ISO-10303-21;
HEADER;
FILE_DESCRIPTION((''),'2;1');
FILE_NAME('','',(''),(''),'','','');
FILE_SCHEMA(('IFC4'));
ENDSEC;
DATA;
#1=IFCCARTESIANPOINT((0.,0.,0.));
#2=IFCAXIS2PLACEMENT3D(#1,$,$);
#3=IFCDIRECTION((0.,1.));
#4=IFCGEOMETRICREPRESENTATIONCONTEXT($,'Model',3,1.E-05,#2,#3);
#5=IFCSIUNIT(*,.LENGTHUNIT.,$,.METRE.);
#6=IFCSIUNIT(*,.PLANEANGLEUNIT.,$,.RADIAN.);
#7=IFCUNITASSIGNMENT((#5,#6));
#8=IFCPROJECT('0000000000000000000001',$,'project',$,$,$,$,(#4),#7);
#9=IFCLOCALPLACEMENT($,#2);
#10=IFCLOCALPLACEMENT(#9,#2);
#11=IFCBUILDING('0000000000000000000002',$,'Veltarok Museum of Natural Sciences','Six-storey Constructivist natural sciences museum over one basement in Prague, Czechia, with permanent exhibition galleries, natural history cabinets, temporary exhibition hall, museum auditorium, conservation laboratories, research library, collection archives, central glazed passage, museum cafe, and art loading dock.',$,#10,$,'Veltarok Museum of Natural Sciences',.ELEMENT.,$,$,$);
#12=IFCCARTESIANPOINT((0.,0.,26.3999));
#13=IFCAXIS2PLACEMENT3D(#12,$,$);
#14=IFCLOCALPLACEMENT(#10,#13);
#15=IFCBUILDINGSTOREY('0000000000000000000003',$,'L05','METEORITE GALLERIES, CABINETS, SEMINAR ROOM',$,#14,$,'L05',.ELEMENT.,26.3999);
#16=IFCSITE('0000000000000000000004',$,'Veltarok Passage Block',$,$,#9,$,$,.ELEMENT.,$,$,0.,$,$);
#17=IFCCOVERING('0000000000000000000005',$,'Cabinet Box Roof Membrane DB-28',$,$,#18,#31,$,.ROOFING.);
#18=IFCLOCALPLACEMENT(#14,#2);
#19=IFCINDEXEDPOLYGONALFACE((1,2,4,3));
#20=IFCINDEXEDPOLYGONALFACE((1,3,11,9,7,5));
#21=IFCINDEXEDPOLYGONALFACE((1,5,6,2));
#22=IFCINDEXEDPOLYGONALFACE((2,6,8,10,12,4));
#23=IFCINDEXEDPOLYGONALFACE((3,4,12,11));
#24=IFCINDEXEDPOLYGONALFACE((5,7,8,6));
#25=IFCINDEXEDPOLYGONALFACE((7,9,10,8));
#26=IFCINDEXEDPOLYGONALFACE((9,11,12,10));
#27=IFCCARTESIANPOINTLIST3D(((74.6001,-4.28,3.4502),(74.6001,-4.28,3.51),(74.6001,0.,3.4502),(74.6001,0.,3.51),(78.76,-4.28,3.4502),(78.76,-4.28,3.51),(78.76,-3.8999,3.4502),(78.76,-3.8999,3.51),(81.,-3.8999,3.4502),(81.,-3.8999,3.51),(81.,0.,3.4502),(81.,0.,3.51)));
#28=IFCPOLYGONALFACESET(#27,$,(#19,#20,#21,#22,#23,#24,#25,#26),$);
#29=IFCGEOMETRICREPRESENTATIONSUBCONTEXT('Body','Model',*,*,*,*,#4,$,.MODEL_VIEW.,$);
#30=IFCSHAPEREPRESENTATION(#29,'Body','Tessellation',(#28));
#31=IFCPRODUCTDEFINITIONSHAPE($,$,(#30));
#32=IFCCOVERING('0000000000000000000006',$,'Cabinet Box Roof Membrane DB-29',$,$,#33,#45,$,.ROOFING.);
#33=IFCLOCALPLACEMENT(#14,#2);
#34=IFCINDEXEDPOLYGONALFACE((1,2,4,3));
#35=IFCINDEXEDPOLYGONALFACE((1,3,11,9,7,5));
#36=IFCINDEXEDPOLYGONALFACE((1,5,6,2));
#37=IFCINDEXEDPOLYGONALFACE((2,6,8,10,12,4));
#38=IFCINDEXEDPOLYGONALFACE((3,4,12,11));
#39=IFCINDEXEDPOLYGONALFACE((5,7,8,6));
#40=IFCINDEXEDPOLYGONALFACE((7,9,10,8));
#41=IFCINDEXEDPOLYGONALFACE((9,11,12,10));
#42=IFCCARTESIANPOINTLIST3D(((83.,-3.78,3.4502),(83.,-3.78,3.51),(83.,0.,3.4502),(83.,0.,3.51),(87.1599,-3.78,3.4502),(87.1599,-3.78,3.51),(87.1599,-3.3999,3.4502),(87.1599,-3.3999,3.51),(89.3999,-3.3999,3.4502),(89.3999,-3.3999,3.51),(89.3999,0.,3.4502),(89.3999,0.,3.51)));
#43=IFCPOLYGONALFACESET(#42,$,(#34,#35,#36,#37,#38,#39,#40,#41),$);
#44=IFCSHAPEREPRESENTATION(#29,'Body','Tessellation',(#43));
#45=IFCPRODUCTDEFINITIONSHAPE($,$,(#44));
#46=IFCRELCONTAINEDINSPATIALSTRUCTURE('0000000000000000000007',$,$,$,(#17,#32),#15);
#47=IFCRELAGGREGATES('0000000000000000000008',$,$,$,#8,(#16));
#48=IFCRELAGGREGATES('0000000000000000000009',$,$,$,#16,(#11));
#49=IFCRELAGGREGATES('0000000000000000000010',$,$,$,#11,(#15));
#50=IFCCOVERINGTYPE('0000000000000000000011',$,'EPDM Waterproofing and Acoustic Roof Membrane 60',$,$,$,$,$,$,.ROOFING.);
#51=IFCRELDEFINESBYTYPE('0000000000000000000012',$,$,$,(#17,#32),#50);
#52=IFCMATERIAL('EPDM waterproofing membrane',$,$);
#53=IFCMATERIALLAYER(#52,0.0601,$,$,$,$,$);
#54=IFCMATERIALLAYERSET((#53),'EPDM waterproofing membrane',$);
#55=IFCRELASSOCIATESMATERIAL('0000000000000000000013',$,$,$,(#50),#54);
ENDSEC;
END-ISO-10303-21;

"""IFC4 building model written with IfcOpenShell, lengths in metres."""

from ifc_helpers import new_model, si_unit, direction, frame, origin, place, context, subcontext, project, spatial, polyline, outline, extrude, material, layer, layer_set, type_object, element, save


model = new_model("IFC4")

# Units and contexts
model_context = context("Model", 3, precision=1e-05, world=origin(), true_north=direction((0.0, 1.0)))
body_context = subcontext(model_context, "Body", "Model", "MODEL_VIEW")
ifc_project = project(units=[si_unit("LENGTHUNIT", "METRE"), si_unit("PLANEANGLEUNIT", "RADIAN")], contexts=[model_context])

# Site, building, storey
site_placement = place(None, origin())
site = spatial("IfcSite", under=ifc_project, at=site_placement, Name="Veltarok Passage Block", CompositionType="ELEMENT", RefElevation=0.0)
building_placement = place(site_placement, origin())
building = spatial("IfcBuilding", under=site, at=building_placement, Name="Veltarok Museum of Natural Sciences", Description="Six-storey Constructivist natural sciences museum over one basement in Prague, Czechia, with permanent exhibition galleries, natural history cabinets, temporary exhibition hall, museum auditorium, conservation laboratories, research library, collection archives, central glazed passage, museum cafe, and art loading dock.", LongName="Veltarok Museum of Natural Sciences", CompositionType="ELEMENT")
storey_placement = place(building_placement, frame((0.0, 0.0, 26.3999)))
storey = spatial("IfcBuildingStorey", under=building, at=storey_placement, Name="L05", Description="METEORITE GALLERIES, CABINETS, SEMINAR ROOM", LongName="L05", CompositionType="ELEMENT", Elevation=26.3999)

# Coverings
ifc_material_1 = material(Name="EPDM waterproofing membrane")
ifc_layer_1 = layer(ifc_material_1, 0.0601)
ifc_layer_set_1 = layer_set([ifc_layer_1], Name="EPDM waterproofing membrane")
covering_type = type_object("IfcCoveringType", Name="EPDM Waterproofing and Acoustic Roof Membrane 60", PredefinedType="ROOFING", material=ifc_layer_set_1)
covering_1_placement = place(storey_placement, frame((0.0, 0.0, 3.4502)))
element("IfcCovering", 1, at=covering_1_placement, inside=storey, type_object=covering_type, Name="Cabinet Box Roof Membrane DB-28", PredefinedType="ROOFING", context=body_context, shape_type="SweptSolid", body=[
    extrude(outline(polyline([(74.6001, -4.28), (78.76, -4.28), (78.76, -3.8999), (81.0, -3.8999), (81.0, 0.0), (74.6001, 0.0), (74.6001, -4.28)])), origin(), (0.0, 0.0, 1.0), 0.0598),
])
covering_2_placement = place(storey_placement, frame((0.0, 0.0, 3.4502)))
element("IfcCovering", 2, at=covering_2_placement, inside=storey, type_object=covering_type, Name="Cabinet Box Roof Membrane DB-29", PredefinedType="ROOFING", context=body_context, shape_type="SweptSolid", body=[
    extrude(outline(polyline([(83.0, -3.78), (87.1599, -3.78), (87.1599, -3.3999), (89.3999, -3.3999), (89.3999, 0.0), (83.0, 0.0), (83.0, -3.78)])), origin(), (0.0, 0.0, 1.0), 0.0598),
])

save(model, "model.ifc")
